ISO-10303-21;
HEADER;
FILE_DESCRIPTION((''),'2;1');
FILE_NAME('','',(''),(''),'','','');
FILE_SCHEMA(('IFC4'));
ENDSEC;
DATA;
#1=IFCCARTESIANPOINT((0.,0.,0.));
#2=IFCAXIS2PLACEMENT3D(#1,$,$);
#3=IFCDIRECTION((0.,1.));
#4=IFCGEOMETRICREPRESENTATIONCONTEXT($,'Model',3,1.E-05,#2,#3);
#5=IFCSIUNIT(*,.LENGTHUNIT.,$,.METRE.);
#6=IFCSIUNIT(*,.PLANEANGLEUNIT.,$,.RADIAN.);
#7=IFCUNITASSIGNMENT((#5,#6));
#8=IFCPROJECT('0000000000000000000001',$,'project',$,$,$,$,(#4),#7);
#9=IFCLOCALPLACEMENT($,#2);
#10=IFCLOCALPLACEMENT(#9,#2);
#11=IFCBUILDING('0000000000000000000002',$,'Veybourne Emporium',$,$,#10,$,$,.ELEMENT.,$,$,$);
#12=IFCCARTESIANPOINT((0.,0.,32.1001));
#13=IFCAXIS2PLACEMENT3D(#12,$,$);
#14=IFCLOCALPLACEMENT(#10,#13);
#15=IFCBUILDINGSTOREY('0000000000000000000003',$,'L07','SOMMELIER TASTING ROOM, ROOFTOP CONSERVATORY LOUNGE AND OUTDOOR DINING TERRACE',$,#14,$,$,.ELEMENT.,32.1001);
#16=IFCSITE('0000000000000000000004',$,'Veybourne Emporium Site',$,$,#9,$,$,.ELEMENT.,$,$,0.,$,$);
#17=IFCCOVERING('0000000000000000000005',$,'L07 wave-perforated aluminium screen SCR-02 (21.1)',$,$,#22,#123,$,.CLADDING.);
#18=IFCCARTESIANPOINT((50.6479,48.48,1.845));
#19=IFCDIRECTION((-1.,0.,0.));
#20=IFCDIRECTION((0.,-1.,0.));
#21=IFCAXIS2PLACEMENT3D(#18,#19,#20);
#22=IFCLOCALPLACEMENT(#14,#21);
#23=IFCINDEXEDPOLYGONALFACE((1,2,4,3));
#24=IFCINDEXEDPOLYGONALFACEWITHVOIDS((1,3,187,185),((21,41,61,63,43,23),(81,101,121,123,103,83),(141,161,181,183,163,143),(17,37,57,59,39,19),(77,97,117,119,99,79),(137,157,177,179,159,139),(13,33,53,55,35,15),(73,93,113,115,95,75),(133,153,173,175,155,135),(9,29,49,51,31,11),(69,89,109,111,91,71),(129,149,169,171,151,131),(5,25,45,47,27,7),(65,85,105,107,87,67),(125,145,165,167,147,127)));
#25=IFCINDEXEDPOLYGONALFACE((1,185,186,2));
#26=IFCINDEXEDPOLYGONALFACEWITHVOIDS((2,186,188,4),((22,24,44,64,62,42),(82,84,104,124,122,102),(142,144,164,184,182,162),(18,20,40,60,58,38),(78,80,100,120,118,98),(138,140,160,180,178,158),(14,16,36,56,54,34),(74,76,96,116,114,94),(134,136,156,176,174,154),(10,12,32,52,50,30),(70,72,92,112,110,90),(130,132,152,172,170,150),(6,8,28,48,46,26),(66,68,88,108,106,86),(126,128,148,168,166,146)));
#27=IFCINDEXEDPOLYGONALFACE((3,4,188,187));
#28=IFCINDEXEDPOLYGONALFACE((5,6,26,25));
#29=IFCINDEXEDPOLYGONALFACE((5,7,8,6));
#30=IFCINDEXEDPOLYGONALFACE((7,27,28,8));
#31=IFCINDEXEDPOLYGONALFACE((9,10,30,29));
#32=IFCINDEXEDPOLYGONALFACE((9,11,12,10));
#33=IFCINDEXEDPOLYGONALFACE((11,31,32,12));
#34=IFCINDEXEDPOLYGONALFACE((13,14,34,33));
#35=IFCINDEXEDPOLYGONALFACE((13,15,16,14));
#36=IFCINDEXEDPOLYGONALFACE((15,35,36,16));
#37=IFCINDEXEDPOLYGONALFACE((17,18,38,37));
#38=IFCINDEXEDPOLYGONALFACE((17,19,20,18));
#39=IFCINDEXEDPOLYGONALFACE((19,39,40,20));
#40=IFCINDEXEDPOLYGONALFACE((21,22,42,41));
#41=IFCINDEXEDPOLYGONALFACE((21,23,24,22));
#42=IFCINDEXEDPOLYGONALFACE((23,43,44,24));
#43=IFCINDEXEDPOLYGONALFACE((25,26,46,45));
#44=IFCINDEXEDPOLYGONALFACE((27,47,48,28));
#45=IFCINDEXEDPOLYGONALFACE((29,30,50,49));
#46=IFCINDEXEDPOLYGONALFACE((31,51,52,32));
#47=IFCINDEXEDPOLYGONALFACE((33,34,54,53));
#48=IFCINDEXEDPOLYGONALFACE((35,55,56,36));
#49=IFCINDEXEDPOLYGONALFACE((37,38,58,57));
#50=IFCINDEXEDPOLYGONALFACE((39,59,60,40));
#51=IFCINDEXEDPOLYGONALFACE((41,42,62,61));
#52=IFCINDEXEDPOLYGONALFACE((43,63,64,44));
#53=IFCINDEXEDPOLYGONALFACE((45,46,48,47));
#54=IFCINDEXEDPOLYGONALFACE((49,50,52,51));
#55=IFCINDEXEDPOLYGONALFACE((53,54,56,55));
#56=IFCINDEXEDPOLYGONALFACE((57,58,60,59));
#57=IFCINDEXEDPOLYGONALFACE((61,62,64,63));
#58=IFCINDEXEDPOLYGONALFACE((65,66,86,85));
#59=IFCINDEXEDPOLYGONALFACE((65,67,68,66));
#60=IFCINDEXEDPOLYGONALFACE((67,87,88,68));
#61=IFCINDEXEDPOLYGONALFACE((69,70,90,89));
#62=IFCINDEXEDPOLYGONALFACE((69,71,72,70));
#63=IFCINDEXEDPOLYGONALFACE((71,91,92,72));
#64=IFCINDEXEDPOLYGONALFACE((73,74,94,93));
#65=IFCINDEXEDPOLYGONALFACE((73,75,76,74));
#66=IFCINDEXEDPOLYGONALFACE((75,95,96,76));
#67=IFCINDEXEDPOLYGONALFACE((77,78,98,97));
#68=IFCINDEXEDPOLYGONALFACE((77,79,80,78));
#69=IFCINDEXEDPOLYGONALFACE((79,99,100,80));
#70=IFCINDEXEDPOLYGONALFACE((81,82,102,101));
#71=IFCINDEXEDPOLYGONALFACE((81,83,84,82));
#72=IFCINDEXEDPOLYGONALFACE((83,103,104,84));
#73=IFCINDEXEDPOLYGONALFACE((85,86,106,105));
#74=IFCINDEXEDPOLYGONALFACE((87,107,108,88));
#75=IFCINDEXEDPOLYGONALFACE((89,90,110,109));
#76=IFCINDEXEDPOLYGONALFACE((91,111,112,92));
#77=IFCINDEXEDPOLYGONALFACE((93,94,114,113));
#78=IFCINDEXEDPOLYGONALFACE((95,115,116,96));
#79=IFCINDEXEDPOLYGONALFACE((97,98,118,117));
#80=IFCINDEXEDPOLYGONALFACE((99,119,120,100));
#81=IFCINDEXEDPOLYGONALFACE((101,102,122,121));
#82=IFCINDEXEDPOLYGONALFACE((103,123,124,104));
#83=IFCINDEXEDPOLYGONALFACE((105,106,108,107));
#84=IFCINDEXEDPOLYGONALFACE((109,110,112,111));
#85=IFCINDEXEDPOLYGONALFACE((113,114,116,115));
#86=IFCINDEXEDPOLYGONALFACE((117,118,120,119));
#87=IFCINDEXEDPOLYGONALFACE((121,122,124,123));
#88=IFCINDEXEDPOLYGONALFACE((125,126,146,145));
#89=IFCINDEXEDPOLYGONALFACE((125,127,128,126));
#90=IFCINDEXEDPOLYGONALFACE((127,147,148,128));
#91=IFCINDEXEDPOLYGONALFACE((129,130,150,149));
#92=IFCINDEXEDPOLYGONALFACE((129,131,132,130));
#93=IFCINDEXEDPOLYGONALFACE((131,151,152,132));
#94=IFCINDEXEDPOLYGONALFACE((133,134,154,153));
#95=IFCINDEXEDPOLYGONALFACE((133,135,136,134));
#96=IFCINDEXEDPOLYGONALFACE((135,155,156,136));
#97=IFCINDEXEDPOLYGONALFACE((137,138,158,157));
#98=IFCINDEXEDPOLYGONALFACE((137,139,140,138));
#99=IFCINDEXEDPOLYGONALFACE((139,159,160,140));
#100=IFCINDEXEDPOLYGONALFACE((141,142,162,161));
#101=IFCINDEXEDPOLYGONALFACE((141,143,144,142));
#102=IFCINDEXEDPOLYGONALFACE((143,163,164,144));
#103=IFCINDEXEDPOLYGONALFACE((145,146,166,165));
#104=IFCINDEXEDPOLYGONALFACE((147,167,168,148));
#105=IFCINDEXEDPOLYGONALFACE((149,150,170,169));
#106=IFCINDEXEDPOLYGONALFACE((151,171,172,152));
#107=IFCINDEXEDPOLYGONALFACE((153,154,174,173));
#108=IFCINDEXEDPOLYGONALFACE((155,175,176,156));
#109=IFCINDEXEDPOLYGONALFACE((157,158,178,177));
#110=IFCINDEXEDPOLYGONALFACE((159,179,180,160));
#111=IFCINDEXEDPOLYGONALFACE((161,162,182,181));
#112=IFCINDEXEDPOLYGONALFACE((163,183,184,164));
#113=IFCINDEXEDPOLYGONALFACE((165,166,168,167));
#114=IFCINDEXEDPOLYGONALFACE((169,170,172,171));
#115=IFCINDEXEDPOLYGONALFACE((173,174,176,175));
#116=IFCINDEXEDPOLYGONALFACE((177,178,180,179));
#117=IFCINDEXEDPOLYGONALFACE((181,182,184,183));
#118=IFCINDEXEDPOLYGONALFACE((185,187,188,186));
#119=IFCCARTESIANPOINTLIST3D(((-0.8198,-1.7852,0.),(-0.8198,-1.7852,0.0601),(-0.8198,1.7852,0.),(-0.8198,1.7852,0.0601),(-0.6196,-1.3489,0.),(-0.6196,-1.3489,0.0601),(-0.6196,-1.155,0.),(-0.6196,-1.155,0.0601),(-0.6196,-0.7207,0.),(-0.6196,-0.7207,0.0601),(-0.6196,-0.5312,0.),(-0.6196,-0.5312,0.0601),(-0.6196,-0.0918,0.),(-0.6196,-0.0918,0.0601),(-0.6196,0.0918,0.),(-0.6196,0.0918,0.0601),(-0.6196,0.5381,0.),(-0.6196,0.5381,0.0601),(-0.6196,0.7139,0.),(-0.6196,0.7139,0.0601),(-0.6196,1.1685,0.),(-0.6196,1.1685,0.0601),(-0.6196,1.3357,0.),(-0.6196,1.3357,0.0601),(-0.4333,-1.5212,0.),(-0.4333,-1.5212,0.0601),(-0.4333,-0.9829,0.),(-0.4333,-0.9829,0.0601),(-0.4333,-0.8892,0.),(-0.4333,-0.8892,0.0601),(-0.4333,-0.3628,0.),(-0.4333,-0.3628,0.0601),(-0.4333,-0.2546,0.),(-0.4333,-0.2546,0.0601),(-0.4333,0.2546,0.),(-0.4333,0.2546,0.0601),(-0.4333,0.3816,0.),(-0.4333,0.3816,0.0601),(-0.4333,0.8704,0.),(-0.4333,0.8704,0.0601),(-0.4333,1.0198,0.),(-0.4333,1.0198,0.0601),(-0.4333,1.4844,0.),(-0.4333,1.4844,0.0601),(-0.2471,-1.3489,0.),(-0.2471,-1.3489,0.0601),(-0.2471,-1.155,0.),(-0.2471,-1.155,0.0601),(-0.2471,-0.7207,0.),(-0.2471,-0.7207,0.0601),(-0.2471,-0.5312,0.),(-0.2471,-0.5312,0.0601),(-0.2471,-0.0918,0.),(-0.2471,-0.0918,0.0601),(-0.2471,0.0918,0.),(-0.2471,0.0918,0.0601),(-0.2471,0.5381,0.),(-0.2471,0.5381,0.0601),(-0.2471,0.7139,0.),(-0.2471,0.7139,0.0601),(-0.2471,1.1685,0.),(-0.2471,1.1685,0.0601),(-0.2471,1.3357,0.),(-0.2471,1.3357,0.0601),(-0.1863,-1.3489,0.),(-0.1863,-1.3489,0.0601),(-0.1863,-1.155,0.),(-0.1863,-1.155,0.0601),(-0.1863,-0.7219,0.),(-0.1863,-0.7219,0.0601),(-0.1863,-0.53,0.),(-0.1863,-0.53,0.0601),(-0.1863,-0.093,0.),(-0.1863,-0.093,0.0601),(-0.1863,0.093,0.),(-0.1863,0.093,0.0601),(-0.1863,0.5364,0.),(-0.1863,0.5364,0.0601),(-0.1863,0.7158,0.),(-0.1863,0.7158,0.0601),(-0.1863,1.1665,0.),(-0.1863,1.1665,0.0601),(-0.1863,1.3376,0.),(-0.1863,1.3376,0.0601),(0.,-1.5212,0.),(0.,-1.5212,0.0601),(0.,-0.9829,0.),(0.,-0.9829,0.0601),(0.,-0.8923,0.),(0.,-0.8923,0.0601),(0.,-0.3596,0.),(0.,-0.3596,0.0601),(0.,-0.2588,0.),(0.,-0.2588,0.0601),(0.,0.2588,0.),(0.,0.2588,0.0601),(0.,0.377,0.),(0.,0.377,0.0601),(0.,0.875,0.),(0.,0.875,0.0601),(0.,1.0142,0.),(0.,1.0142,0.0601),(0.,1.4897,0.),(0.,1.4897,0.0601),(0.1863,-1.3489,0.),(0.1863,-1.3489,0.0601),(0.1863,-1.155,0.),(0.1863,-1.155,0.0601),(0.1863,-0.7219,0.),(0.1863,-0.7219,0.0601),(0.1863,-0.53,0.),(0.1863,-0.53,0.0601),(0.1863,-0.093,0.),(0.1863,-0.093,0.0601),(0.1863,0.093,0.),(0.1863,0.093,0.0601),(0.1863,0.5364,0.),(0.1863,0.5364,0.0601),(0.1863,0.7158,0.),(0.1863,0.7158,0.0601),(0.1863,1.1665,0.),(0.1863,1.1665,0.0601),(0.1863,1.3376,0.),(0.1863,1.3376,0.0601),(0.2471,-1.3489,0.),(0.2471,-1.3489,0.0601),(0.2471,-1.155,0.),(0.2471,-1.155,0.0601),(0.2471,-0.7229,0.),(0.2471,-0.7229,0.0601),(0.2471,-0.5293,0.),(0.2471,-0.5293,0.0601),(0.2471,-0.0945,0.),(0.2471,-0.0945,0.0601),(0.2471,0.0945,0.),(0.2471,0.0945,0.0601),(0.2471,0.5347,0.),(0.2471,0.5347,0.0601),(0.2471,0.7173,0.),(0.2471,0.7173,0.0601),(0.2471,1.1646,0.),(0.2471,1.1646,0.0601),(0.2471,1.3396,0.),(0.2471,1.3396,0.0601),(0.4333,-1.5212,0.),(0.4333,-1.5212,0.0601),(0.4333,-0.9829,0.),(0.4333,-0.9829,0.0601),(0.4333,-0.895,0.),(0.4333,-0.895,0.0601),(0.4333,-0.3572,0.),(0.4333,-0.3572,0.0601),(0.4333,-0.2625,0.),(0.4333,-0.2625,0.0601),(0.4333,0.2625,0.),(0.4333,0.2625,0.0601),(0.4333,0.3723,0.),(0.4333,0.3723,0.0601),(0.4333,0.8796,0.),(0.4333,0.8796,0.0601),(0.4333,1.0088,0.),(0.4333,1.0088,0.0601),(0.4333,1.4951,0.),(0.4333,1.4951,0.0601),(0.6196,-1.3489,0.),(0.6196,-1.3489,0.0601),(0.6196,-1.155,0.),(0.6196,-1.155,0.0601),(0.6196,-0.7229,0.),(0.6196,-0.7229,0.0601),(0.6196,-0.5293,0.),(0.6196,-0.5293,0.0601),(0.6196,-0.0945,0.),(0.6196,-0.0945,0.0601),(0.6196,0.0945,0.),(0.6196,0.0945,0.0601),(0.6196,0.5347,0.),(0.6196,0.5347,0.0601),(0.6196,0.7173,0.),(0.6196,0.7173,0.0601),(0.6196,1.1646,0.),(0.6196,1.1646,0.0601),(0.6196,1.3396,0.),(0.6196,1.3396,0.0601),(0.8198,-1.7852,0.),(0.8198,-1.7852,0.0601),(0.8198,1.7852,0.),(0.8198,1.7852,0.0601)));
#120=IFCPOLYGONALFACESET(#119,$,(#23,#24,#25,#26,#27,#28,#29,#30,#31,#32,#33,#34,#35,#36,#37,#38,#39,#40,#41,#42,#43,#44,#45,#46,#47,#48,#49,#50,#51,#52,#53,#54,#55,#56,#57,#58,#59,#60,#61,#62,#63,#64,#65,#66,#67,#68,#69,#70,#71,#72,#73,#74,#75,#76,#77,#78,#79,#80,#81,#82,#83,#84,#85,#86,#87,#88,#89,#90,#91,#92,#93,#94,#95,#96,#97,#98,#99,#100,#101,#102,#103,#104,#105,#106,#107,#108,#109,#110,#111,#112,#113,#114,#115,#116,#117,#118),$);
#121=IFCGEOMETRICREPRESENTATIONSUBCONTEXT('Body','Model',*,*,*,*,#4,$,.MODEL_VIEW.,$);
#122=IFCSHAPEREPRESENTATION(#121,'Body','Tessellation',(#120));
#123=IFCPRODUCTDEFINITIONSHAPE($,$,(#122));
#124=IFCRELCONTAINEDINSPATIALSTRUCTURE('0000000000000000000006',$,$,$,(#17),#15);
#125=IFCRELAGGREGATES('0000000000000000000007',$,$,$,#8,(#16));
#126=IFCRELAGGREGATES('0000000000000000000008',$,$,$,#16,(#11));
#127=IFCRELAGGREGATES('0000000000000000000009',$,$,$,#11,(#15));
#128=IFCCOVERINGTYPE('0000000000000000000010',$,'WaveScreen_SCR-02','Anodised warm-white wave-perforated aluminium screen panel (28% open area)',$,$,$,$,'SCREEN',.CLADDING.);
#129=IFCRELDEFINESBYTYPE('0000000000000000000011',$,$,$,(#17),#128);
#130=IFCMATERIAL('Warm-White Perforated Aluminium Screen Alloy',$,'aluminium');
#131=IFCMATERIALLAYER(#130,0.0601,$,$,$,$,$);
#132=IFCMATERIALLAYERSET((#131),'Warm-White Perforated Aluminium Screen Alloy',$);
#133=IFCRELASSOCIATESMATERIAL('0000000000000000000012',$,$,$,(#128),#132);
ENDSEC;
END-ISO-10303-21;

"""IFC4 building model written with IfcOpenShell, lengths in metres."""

from ifc_helpers import new_model, si_unit, direction, frame, origin, place, context, subcontext, project, spatial, polyline, outline, extrude, material, layer, layer_set, type_object, element, save


model = new_model("IFC4")

# Units and contexts
model_context = context("Model", 3, precision=1e-05, world=origin(), true_north=direction((0.0, 1.0)))
body_context = subcontext(model_context, "Body", "Model", "MODEL_VIEW")
ifc_project = project(units=[si_unit("LENGTHUNIT", "METRE"), si_unit("PLANEANGLEUNIT", "RADIAN")], contexts=[model_context])

# Site, building, storey
site_placement = place(None, origin())
site = spatial("IfcSite", under=ifc_project, at=site_placement, Name="Veybourne Emporium Site", CompositionType="ELEMENT", RefElevation=0.0)
building_placement = place(site_placement, origin())
building = spatial("IfcBuilding", under=site, at=building_placement, Name="Veybourne Emporium", CompositionType="ELEMENT")
storey_placement = place(building_placement, frame((0.0, 0.0, 32.1001)))
storey = spatial("IfcBuildingStorey", under=building, at=storey_placement, Name="L07", Description="SOMMELIER TASTING ROOM, ROOFTOP CONSERVATORY LOUNGE AND OUTDOOR DINING TERRACE", CompositionType="ELEMENT", Elevation=32.1001)

# Covering
ifc_material_1 = material(Name="Warm-White Perforated Aluminium Screen Alloy", Category="aluminium")
ifc_layer_1 = layer(ifc_material_1, 0.0601)
ifc_layer_set_1 = layer_set([ifc_layer_1], Name="Warm-White Perforated Aluminium Screen Alloy")
covering_type_1 = type_object("IfcCoveringType", Name="WaveScreen_SCR-02", Description="Anodised warm-white wave-perforated aluminium screen panel (28% open area)", ElementType="SCREEN", PredefinedType="CLADDING", material=ifc_layer_set_1)
covering_1_placement = place(storey_placement, frame((50.6479, 48.48, 1.845), z_axis=(-1.0, 0.0, 0.0), x_axis=(0.0, -1.0, 0.0)))
element("IfcCovering", 1, at=covering_1_placement, inside=storey, type_object=covering_type_1, Name="L07 wave-perforated aluminium screen SCR-02 (21.1)", PredefinedType="CLADDING", context=body_context, shape_type="SweptSolid", body=[
    extrude(outline(polyline([(-0.8198, -1.7852), (0.8198, -1.7852), (0.8198, 1.7852), (-0.8198, 1.7852), (-0.8198, -1.7852)]), holes=[polyline([(-0.4333, -0.9829), (-0.2471, -1.155), (-0.2471, -1.3489), (-0.4333, -1.5212), (-0.6196, -1.3489), (-0.6196, -1.155), (-0.4333, -0.9829)]), polyline([(-0.4333, -0.3628), (-0.2471, -0.5312), (-0.2471, -0.7207), (-0.4333, -0.8892), (-0.6196, -0.7207), (-0.6196, -0.5312), (-0.4333, -0.3628)]), polyline([(-0.4333, 0.2546), (-0.2471, 0.0918), (-0.2471, -0.0918), (-0.4333, -0.2546), (-0.6196, -0.0918), (-0.6196, 0.0918), (-0.4333, 0.2546)]), polyline([(-0.4333, 0.8704), (-0.2471, 0.7139), (-0.2471, 0.5381), (-0.4333, 0.3816), (-0.6196, 0.5381), (-0.6196, 0.7139), (-0.4333, 0.8704)]), polyline([(-0.4333, 1.4844), (-0.2471, 1.3357), (-0.2471, 1.1685), (-0.4333, 1.0198), (-0.6196, 1.1685), (-0.6196, 1.3357), (-0.4333, 1.4844)]), polyline([(0.0, -0.9829), (0.1863, -1.155), (0.1863, -1.3489), (0.0, -1.5212), (-0.1863, -1.3489), (-0.1863, -1.155), (0.0, -0.9829)]), polyline([(0.0, -0.3596), (0.1863, -0.53), (0.1863, -0.7219), (0.0, -0.8923), (-0.1863, -0.7219), (-0.1863, -0.53), (0.0, -0.3596)]), polyline([(0.0, 0.2588), (0.1863, 0.093), (0.1863, -0.093), (0.0, -0.2588), (-0.1863, -0.093), (-0.1863, 0.093), (0.0, 0.2588)]), polyline([(0.0, 0.875), (0.1863, 0.7158), (0.1863, 0.5364), (0.0, 0.377), (-0.1863, 0.5364), (-0.1863, 0.7158), (0.0, 0.875)]), polyline([(0.0, 1.4897), (0.1863, 1.3376), (0.1863, 1.1665), (0.0, 1.0142), (-0.1863, 1.1665), (-0.1863, 1.3376), (0.0, 1.4897)]), polyline([(0.4333, -0.9829), (0.6196, -1.155), (0.6196, -1.3489), (0.4333, -1.5212), (0.2471, -1.3489), (0.2471, -1.155), (0.4333, -0.9829)]), polyline([(0.4333, -0.3572), (0.6196, -0.5293), (0.6196, -0.7229), (0.4333, -0.895), (0.2471, -0.7229), (0.2471, -0.5293), (0.4333, -0.3572)]), polyline([(0.4333, 0.2625), (0.6196, 0.0945), (0.6196, -0.0945), (0.4333, -0.2625), (0.2471, -0.0945), (0.2471, 0.0945), (0.4333, 0.2625)]), polyline([(0.4333, 0.8796), (0.6196, 0.7173), (0.6196, 0.5347), (0.4333, 0.3723), (0.2471, 0.5347), (0.2471, 0.7173), (0.4333, 0.8796)]), polyline([(0.4333, 1.4951), (0.6196, 1.3396), (0.6196, 1.1646), (0.4333, 1.0088), (0.2471, 1.1646), (0.2471, 1.3396), (0.4333, 1.4951)])]), origin(), (0.0, 0.0, 1.0), 0.0601),
])

save(model, "model.ifc")
